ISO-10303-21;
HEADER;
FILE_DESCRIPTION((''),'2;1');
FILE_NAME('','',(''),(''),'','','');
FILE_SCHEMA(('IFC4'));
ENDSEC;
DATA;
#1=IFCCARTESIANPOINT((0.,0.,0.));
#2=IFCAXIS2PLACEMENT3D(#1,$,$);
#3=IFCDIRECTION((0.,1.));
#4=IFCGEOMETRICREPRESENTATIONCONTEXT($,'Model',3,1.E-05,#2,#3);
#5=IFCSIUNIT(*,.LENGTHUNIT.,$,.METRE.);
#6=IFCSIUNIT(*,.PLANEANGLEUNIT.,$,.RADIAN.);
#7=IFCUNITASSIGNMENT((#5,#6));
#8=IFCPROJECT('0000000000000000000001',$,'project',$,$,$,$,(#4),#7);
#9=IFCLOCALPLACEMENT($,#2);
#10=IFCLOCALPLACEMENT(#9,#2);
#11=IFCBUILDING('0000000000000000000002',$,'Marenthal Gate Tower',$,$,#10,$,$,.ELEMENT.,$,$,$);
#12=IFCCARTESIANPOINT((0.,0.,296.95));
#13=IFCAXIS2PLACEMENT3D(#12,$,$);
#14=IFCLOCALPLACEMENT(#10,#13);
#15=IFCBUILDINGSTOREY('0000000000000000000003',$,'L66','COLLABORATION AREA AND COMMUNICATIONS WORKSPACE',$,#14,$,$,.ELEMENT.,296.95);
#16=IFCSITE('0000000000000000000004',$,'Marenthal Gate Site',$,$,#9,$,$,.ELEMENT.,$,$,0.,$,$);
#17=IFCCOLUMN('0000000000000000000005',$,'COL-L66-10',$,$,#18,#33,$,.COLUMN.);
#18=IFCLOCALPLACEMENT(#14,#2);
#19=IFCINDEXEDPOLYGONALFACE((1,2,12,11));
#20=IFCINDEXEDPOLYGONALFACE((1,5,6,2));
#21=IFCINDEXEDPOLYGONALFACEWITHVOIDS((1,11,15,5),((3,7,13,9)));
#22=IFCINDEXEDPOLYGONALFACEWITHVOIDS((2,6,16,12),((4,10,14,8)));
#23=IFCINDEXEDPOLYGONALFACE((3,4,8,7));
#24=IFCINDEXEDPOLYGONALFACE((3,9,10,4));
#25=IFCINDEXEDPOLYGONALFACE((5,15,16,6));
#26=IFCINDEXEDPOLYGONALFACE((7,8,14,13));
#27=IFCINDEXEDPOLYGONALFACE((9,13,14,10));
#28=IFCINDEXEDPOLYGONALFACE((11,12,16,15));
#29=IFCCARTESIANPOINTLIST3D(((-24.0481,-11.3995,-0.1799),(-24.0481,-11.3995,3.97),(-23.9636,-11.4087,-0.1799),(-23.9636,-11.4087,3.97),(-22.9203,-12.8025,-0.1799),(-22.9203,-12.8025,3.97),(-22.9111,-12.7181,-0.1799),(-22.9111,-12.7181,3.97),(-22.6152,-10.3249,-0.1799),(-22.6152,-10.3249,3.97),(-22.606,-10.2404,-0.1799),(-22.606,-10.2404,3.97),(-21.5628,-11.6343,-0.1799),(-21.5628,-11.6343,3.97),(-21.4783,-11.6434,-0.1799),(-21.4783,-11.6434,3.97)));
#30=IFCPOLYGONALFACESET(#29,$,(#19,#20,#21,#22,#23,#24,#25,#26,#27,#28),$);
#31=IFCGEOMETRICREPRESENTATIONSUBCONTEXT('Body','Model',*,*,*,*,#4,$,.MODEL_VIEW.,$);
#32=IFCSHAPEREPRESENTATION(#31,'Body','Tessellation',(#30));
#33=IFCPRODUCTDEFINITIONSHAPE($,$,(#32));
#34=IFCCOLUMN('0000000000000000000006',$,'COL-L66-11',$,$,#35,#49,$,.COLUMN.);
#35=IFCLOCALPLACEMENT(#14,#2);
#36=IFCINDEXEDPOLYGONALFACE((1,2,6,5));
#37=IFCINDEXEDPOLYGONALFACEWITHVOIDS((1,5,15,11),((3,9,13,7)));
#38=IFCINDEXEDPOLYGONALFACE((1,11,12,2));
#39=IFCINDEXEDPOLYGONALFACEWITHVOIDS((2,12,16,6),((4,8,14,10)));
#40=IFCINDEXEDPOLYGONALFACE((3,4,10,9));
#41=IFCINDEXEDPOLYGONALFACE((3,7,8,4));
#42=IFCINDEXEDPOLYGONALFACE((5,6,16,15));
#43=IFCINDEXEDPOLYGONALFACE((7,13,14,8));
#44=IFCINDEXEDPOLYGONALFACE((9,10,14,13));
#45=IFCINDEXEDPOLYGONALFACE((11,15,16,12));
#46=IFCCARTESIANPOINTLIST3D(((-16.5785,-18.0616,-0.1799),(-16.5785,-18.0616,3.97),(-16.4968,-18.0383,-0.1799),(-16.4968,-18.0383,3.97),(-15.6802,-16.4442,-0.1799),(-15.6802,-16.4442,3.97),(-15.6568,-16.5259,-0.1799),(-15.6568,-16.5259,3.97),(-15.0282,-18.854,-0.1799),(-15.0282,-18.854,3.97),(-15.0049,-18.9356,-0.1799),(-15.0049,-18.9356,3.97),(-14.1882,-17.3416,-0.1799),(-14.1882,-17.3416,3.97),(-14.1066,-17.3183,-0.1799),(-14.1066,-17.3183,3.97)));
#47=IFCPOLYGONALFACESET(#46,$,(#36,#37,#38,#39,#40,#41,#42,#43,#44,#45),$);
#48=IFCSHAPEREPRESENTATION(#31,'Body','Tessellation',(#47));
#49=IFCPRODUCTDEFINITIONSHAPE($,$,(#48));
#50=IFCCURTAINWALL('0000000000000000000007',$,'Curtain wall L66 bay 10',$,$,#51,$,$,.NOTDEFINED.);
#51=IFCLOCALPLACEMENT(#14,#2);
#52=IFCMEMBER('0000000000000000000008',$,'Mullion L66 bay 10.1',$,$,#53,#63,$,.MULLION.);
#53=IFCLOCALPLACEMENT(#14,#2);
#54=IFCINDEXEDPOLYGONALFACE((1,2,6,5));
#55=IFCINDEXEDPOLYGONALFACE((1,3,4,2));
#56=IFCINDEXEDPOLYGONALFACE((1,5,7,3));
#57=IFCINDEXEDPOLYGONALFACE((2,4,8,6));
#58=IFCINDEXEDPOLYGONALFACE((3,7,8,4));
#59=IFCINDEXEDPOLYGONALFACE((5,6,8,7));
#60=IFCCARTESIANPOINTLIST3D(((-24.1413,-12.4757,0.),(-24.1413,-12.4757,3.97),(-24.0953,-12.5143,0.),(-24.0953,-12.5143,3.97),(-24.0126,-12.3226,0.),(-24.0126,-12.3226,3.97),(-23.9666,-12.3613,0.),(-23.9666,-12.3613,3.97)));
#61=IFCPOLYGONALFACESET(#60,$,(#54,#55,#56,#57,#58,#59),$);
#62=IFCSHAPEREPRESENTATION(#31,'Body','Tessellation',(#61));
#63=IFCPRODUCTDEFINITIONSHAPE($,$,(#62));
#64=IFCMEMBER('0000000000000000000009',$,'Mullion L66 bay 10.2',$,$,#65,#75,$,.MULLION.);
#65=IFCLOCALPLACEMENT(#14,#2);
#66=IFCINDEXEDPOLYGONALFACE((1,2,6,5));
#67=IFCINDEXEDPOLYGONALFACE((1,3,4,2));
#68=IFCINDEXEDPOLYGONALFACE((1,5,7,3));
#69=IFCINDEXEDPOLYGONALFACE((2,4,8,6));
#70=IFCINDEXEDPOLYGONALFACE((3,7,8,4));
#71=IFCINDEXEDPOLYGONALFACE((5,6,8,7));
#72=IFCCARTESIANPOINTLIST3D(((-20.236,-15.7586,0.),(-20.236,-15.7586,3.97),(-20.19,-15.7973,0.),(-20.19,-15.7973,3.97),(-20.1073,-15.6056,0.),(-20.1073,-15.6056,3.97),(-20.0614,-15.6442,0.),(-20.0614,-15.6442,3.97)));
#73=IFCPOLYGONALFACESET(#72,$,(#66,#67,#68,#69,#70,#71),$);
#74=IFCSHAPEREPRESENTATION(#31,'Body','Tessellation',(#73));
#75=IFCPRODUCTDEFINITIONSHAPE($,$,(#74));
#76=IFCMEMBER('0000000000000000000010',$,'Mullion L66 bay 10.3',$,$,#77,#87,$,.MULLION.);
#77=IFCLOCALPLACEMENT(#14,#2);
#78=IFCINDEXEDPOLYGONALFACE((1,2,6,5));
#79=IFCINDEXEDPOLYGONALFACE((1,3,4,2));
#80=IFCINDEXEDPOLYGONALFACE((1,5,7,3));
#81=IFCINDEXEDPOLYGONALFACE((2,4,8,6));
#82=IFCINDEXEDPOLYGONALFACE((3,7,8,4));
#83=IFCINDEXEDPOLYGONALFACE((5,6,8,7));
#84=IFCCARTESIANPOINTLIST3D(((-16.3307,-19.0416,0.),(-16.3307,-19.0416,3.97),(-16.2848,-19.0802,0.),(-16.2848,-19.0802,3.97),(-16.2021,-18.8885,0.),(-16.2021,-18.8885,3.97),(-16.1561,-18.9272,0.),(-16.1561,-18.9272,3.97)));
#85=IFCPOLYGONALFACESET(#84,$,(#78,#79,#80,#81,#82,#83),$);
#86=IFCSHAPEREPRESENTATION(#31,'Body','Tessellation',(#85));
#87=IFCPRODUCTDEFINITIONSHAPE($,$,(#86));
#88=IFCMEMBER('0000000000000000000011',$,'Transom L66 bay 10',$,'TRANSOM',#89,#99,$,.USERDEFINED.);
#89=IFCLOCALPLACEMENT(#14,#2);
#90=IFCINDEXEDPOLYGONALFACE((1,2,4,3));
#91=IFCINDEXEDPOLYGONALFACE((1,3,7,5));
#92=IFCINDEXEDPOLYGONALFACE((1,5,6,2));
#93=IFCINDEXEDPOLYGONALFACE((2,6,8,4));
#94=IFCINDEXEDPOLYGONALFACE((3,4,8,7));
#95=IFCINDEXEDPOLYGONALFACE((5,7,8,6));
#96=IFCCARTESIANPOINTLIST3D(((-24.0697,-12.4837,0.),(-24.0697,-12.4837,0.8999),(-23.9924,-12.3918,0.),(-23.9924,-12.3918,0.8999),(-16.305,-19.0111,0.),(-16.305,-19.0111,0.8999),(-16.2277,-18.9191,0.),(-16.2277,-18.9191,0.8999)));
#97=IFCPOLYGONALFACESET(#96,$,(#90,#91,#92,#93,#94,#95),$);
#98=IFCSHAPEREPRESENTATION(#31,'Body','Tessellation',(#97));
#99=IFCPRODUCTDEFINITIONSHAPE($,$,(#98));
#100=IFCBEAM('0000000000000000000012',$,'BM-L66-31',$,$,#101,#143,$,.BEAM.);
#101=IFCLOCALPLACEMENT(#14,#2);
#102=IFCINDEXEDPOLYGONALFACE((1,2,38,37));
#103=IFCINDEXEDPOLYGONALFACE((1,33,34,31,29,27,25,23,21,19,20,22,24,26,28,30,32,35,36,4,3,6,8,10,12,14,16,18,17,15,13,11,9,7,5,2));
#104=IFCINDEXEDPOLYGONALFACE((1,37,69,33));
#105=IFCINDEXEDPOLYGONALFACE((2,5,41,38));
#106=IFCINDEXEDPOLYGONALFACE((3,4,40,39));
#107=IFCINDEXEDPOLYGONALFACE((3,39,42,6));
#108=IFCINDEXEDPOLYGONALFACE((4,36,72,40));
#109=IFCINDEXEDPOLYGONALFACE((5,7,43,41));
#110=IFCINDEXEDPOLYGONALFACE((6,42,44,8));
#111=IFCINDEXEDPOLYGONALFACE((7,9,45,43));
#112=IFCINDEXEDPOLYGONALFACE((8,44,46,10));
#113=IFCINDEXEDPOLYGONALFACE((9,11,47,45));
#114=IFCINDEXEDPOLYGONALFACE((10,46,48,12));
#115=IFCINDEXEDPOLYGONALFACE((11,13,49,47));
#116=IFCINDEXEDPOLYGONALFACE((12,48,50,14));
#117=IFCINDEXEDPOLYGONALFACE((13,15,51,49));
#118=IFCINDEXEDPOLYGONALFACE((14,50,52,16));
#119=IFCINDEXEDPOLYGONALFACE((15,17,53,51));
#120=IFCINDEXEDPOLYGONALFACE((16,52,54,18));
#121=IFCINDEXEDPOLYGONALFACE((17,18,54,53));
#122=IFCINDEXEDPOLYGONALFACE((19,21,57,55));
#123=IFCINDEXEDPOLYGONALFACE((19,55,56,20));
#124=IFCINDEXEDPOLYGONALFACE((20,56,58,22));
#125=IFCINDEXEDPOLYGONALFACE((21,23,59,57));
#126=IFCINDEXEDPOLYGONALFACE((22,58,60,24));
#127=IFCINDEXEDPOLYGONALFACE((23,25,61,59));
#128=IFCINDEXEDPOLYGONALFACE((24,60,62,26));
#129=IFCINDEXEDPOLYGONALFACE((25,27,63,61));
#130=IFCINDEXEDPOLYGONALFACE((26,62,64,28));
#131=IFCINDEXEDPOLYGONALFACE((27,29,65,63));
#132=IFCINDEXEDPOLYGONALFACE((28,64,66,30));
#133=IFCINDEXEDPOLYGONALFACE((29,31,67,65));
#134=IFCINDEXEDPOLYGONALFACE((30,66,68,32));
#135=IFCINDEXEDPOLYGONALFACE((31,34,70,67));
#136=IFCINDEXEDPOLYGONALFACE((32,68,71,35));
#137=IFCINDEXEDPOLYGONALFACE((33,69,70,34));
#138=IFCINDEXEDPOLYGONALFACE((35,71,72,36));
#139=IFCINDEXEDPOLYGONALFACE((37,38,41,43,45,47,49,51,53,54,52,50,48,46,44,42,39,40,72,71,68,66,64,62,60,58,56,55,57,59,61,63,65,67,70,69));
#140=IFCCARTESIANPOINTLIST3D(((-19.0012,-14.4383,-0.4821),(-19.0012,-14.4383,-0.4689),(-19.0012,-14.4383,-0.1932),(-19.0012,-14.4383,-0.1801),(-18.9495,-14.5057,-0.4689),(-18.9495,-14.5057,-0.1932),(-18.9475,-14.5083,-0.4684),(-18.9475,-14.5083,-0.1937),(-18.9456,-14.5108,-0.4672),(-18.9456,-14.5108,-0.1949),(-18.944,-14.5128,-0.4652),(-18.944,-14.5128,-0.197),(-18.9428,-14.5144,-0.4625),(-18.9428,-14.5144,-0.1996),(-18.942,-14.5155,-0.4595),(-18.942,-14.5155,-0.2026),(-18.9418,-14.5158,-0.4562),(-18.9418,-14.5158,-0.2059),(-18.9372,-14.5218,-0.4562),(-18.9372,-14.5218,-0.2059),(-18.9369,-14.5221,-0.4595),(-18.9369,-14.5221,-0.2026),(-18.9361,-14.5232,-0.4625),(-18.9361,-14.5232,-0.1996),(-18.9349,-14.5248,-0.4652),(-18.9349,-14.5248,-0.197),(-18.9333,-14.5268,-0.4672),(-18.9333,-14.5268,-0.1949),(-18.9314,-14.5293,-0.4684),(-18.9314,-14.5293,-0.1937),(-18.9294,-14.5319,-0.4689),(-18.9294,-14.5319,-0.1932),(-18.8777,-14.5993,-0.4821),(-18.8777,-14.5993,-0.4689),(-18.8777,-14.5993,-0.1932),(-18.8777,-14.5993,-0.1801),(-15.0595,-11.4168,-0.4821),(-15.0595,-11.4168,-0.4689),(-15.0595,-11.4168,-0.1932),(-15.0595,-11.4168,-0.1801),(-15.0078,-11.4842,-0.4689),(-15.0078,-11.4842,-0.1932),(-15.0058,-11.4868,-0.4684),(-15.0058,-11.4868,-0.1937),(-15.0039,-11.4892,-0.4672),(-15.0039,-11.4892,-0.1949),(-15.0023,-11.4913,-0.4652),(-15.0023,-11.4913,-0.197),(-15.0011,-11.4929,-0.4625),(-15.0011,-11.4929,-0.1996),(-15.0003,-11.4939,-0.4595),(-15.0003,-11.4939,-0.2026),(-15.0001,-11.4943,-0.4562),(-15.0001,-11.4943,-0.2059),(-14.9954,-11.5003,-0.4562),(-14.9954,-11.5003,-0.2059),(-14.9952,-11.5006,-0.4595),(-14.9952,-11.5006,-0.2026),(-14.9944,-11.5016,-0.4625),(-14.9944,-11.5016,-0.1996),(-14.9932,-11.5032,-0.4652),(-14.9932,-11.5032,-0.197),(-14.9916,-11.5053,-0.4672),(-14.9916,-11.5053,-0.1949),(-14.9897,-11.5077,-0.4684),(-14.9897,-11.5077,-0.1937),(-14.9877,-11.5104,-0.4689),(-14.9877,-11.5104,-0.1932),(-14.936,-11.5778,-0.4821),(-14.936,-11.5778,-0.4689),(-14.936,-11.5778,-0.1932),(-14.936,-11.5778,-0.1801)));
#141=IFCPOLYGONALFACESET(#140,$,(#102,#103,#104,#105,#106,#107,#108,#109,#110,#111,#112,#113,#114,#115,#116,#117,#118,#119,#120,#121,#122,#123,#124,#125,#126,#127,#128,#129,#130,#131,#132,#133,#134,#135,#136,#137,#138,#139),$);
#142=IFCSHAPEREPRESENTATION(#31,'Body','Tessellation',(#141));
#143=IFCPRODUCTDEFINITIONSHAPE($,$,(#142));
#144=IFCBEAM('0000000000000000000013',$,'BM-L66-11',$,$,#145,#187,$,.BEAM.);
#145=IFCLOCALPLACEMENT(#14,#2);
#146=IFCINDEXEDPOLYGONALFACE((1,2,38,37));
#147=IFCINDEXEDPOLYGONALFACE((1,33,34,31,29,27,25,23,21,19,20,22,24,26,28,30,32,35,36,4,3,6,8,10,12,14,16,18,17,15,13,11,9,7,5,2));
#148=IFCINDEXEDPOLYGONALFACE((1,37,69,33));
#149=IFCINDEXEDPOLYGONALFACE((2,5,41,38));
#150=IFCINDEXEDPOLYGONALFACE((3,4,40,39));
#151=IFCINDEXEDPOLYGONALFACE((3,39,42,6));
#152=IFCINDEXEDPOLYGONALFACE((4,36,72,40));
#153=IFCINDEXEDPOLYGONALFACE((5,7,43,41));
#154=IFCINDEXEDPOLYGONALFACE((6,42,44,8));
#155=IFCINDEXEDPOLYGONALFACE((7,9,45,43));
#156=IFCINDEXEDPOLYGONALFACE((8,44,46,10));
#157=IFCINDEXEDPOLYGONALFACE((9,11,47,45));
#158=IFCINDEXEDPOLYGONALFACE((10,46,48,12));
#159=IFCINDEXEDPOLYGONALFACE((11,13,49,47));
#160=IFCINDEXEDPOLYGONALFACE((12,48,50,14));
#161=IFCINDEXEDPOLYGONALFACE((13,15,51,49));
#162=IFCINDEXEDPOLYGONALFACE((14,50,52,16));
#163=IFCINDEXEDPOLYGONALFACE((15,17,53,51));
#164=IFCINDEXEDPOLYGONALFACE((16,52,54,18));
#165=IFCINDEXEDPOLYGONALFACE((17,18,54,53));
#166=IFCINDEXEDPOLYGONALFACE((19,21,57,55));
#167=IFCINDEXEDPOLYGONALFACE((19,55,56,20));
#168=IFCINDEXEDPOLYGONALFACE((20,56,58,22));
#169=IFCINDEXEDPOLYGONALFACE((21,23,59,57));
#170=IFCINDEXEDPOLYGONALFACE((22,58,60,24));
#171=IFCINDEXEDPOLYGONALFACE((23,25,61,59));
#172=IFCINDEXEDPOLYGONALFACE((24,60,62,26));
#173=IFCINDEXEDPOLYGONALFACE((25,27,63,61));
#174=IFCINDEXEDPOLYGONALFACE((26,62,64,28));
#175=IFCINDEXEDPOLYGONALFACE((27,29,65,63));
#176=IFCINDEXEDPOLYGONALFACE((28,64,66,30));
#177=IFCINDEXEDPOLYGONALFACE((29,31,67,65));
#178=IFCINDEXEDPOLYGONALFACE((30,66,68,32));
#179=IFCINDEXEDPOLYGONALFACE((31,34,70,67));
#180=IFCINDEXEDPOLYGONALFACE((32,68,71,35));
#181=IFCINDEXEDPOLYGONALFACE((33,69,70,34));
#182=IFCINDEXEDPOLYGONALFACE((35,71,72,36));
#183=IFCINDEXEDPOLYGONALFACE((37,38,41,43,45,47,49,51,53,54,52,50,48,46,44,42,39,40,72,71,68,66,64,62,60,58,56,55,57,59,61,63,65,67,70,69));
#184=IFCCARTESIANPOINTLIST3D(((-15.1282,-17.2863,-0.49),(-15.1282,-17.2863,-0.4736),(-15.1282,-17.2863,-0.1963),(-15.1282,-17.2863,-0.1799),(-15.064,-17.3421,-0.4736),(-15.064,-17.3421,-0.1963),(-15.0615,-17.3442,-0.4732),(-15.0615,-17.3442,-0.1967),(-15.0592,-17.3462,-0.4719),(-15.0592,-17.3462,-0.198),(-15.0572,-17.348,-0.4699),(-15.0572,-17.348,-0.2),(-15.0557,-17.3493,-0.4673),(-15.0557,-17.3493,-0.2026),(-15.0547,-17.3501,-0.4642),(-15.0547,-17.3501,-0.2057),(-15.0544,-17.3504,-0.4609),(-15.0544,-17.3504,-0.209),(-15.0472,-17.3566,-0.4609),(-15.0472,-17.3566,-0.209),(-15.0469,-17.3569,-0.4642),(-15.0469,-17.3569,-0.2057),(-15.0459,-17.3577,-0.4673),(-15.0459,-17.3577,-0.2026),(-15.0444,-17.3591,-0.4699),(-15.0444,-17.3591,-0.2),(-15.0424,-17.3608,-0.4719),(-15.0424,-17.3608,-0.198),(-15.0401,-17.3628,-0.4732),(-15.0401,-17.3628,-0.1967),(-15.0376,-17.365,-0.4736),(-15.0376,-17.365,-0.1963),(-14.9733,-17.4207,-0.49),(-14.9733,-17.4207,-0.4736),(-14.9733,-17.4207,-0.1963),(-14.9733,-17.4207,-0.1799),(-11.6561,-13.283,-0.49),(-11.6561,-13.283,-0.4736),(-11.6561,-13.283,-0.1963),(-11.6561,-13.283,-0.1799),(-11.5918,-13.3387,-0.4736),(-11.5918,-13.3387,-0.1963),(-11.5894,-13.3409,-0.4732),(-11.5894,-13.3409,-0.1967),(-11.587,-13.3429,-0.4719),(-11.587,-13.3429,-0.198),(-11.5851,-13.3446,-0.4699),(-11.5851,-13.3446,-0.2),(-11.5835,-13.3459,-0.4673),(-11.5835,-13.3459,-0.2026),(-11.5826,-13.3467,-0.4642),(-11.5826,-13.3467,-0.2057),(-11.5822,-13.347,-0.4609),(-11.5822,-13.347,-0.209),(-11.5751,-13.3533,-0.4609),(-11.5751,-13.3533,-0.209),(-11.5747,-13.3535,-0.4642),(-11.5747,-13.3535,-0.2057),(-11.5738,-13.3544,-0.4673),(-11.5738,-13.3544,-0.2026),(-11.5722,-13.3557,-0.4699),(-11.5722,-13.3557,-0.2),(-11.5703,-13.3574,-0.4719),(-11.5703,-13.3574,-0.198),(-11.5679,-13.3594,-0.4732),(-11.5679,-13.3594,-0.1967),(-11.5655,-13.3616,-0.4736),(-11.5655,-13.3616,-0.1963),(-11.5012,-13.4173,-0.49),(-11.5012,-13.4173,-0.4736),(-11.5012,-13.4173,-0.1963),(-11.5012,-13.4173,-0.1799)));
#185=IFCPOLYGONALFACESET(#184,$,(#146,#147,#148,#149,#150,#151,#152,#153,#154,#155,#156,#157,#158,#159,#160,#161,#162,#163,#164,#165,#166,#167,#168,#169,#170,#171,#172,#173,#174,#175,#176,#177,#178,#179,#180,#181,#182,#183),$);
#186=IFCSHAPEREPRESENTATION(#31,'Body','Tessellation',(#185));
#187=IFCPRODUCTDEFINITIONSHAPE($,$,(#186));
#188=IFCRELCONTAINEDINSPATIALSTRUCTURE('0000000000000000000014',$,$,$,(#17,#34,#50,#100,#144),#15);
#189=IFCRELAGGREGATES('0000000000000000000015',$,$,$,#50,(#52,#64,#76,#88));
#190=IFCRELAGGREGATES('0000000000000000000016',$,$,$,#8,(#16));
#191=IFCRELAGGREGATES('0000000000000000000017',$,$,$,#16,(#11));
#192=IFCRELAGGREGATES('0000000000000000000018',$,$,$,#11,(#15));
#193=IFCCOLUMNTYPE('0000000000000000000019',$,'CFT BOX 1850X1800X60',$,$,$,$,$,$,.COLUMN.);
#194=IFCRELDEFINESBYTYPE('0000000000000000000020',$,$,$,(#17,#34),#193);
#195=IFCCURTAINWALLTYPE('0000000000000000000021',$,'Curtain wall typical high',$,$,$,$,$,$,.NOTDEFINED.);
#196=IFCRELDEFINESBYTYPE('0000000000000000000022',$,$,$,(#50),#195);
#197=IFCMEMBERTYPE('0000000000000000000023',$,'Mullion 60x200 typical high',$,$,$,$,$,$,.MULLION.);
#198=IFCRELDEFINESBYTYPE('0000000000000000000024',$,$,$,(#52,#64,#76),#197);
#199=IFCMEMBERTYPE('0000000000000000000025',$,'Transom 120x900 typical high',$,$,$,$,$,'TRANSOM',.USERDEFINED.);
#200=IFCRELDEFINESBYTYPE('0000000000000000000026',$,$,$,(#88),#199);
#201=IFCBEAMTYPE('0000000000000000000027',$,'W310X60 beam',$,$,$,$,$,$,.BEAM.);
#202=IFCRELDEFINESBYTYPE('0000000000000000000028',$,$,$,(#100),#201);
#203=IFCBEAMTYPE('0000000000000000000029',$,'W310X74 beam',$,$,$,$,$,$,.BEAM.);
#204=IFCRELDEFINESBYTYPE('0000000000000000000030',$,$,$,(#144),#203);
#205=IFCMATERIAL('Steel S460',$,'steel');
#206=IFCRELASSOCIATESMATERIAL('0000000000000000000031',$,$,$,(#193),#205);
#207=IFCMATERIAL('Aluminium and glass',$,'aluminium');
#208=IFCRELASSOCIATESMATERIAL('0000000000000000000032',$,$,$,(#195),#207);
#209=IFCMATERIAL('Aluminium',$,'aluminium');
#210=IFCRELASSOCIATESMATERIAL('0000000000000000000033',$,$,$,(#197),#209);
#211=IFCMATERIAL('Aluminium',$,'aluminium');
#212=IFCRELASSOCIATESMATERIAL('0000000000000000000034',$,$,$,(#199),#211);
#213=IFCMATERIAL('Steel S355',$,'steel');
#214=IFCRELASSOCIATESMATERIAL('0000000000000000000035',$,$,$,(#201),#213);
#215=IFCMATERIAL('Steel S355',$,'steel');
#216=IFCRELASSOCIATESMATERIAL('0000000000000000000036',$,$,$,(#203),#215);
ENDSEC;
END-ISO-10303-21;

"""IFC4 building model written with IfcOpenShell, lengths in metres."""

from ifc_helpers import new_model, si_unit, direction, frame, origin, origin_2d, place, context, subcontext, project, spatial, rectangle, hollow_rectangle, i_section, extrude, material, material_profile, profile_set, type_object, element, aggregate, save


model = new_model("IFC4")

# Units and contexts
model_context = context("Model", 3, precision=1e-05, world=origin(), true_north=direction((0.0, 1.0)))
body_context = subcontext(model_context, "Body", "Model", "MODEL_VIEW")
ifc_project = project(units=[si_unit("LENGTHUNIT", "METRE"), si_unit("PLANEANGLEUNIT", "RADIAN")], contexts=[model_context])

# Site, building, storey
site_placement = place(None, origin())
site = spatial("IfcSite", under=ifc_project, at=site_placement, Name="Marenthal Gate Site", CompositionType="ELEMENT", RefElevation=0.0)
building_placement = place(site_placement, origin())
building = spatial("IfcBuilding", under=site, at=building_placement, Name="Marenthal Gate Tower", CompositionType="ELEMENT")
storey_placement = place(building_placement, frame((0.0, 0.0, 296.95)))
storey = spatial("IfcBuildingStorey", under=building, at=storey_placement, Name="L66", Description="COLLABORATION AREA AND COMMUNICATIONS WORKSPACE", CompositionType="ELEMENT", Elevation=296.95)

# Columns
ifc_material_1 = material(Name="Steel S460", Category="steel")
ifc_material_profile_1 = material_profile(ifc_material_1, hollow_rectangle(XDim=1.8, YDim=1.8501, WallThickness=0.0601, at=origin_2d()), Name="CFT BOX 1850X1800X60")
ifc_material_2 = material(Name="Concrete 70 MPa", Category="concrete")
ifc_material_profile_2 = material_profile(ifc_material_2, rectangle(XDim=1.6799, YDim=1.73, at=origin_2d()), Name="CFT BOX 1850X1800X60 INFILL")
ifc_profile_set_1 = profile_set([ifc_material_profile_1, ifc_material_profile_2], Name="Steel S460 shell, Concrete 70 MPa infill")
column_type = type_object("IfcColumnType", Name="CFT BOX 1850X1800X60", PredefinedType="COLUMN", material=ifc_profile_set_1)
for number, where, z_axis, x_axis, name in (
    (1, (-22.7632, -11.5215, -0.1799), (0.0, 0.0, 1.0), (-0.626499, 0.779422, 0.0), "COL-L66-10"),
    (2, (-15.3425, -17.6899, -0.1799), (0.0, 0.0, 1.0), (-0.8742, 0.485567, 0.0), "COL-L66-11"),
):
    element("IfcColumn", number, at=place(storey_placement, frame(where, z_axis=z_axis, x_axis=x_axis)), inside=storey, type_object=column_type, Name=name, PredefinedType="COLUMN", context=body_context, shape_type="SweptSolid", body=[
        extrude(hollow_rectangle(XDim=1.8, YDim=1.8501, WallThickness=0.0601, at=origin_2d()), origin(), (0.0, 0.0, 1.0), 4.1499),
    ])

# Curtain wall, members
ifc_material_3 = material(Name="Aluminium and glass", Category="aluminium")
curtain_wall_type = type_object("IfcCurtainWallType", Name="Curtain wall typical high", PredefinedType="NOTDEFINED", material=ifc_material_3)
curtain_wall_placement = place(storey_placement, origin())
curtain_wall = element("IfcCurtainWall", 3, at=curtain_wall_placement, inside=storey, type_object=curtain_wall_type, Name="Curtain wall L66 bay 10", PredefinedType="NOTDEFINED")
ifc_material_4 = material(Name="Aluminium", Category="aluminium")
ifc_material_profile_3 = material_profile(ifc_material_4, rectangle(XDim=0.2, YDim=0.0601, at=origin_2d()), Name="60x200 aluminium mullion")
ifc_profile_set_2 = profile_set([ifc_material_profile_3], Name="Aluminium")
member_type_1 = type_object("IfcMemberType", Name="Mullion 60x200 typical high", PredefinedType="MULLION", material=ifc_profile_set_2)
member_1_placement = place(storey_placement, frame((-24.054, -12.4185, 0.0), z_axis=(0.0, 0.0, 1.0), x_axis=(0.64348, 0.765463, 0.0)))
member_1 = element("IfcMember", 4, at=member_1_placement, type_object=member_type_1, Name="Mullion L66 bay 10.1", PredefinedType="MULLION", context=body_context, shape_type="SweptSolid", body=[
    extrude(rectangle(XDim=0.2, YDim=0.0601, at=origin_2d()), origin(), (0.0, 0.0, 1.0), 3.97),
])
member_2_placement = place(storey_placement, frame((-20.1487, -15.7014, 0.0), z_axis=(0.0, 0.0, 1.0), x_axis=(0.64348, 0.765463, 0.0)))
member_2 = element("IfcMember", 5, at=member_2_placement, type_object=member_type_1, Name="Mullion L66 bay 10.2", PredefinedType="MULLION", context=body_context, shape_type="SweptSolid", body=[
    extrude(rectangle(XDim=0.2, YDim=0.0601, at=origin_2d()), origin(), (0.0, 0.0, 1.0), 3.97),
])
member_3_placement = place(storey_placement, frame((-16.2434, -18.9844, 0.0), z_axis=(0.0, 0.0, 1.0), x_axis=(0.64348, 0.765463, 0.0)))
member_3 = element("IfcMember", 6, at=member_3_placement, type_object=member_type_1, Name="Mullion L66 bay 10.3", PredefinedType="MULLION", context=body_context, shape_type="SweptSolid", body=[
    extrude(rectangle(XDim=0.2, YDim=0.0601, at=origin_2d()), origin(), (0.0, 0.0, 1.0), 3.97),
])
ifc_material_5 = material(Name="Aluminium", Category="aluminium")
ifc_material_profile_4 = material_profile(ifc_material_5, rectangle(XDim=0.1201, YDim=0.8999, at=origin_2d()), Name="120x900 aluminium transom")
ifc_profile_set_3 = profile_set([ifc_material_profile_4], Name="Aluminium")
member_type_2 = type_object("IfcMemberType", Name="Transom 120x900 typical high", ElementType="TRANSOM", PredefinedType="USERDEFINED", material=ifc_profile_set_3)
member_4_placement = place(storey_placement, frame((-24.031, -12.4377, 0.45), z_axis=(0.76546, -0.643483, 0.0), x_axis=(0.643483, 0.76546, 0.0)))
member_4 = element("IfcMember", 7, at=member_4_placement, type_object=member_type_2, Name="Transom L66 bay 10", ObjectType="TRANSOM", PredefinedType="USERDEFINED", context=body_context, shape_type="SweptSolid", body=[
    extrude(rectangle(XDim=0.1201, YDim=0.8999, at=origin_2d()), origin(), (0.0, 0.0, 1.0), 10.1438),
])

# Beams
ifc_material_6 = material(Name="Steel S355", Category="steel")
ifc_material_profile_5 = material_profile(ifc_material_6, i_section(OverallWidth=0.2029, OverallDepth=0.302, WebThickness=0.0076, FlangeThickness=0.0132, FilletRadius=0.0127, at=origin_2d()), Name="W310X60")
ifc_profile_set_4 = profile_set([ifc_material_profile_5], Name="Steel S355")
beam_type_1 = type_object("IfcBeamType", Name="W310X60 beam", PredefinedType="BEAM", material=ifc_profile_set_4)
beam_1_placement = place(storey_placement, frame((-18.9395, -14.5188, -0.3311), z_axis=(0.79365, 0.608375, 0.0), x_axis=(-0.608375, 0.79365, 0.0)))
element("IfcBeam", 8, at=beam_1_placement, inside=storey, type_object=beam_type_1, Name="BM-L66-31", PredefinedType="BEAM", context=body_context, shape_type="SweptSolid", body=[
    extrude(i_section(OverallWidth=0.2029, OverallDepth=0.302, WebThickness=0.0076, FlangeThickness=0.0132, FilletRadius=0.0127, at=origin_2d()), origin(), (0.0, 0.0, 1.0), 4.9666),
])
ifc_material_7 = material(Name="Steel S355", Category="steel")
ifc_material_profile_6 = material_profile(ifc_material_7, i_section(OverallWidth=0.2051, OverallDepth=0.3101, WebThickness=0.0095, FlangeThickness=0.0164, FilletRadius=0.0127, at=origin_2d()), Name="W310X74")
ifc_profile_set_5 = profile_set([ifc_material_profile_6], Name="Steel S355")
beam_type_2 = type_object("IfcBeamType", Name="W310X74 beam", PredefinedType="BEAM", material=ifc_profile_set_5)
beam_2_placement = place(storey_placement, frame((-15.0508, -17.3535, -0.335), z_axis=(0.655204, 0.755452, 0.0), x_axis=(-0.755452, 0.655204, 0.0)))
element("IfcBeam", 9, at=beam_2_placement, inside=storey, type_object=beam_type_2, Name="BM-L66-11", PredefinedType="BEAM", context=body_context, shape_type="SweptSolid", body=[
    extrude(i_section(OverallWidth=0.2051, OverallDepth=0.3101, WebThickness=0.0095, FlangeThickness=0.0164, FilletRadius=0.0127, at=origin_2d()), origin(), (0.0, 0.0, 1.0), 5.2993),
])

aggregate(curtain_wall, [member_1, member_2, member_3, member_4])

save(model, "model.ifc")
